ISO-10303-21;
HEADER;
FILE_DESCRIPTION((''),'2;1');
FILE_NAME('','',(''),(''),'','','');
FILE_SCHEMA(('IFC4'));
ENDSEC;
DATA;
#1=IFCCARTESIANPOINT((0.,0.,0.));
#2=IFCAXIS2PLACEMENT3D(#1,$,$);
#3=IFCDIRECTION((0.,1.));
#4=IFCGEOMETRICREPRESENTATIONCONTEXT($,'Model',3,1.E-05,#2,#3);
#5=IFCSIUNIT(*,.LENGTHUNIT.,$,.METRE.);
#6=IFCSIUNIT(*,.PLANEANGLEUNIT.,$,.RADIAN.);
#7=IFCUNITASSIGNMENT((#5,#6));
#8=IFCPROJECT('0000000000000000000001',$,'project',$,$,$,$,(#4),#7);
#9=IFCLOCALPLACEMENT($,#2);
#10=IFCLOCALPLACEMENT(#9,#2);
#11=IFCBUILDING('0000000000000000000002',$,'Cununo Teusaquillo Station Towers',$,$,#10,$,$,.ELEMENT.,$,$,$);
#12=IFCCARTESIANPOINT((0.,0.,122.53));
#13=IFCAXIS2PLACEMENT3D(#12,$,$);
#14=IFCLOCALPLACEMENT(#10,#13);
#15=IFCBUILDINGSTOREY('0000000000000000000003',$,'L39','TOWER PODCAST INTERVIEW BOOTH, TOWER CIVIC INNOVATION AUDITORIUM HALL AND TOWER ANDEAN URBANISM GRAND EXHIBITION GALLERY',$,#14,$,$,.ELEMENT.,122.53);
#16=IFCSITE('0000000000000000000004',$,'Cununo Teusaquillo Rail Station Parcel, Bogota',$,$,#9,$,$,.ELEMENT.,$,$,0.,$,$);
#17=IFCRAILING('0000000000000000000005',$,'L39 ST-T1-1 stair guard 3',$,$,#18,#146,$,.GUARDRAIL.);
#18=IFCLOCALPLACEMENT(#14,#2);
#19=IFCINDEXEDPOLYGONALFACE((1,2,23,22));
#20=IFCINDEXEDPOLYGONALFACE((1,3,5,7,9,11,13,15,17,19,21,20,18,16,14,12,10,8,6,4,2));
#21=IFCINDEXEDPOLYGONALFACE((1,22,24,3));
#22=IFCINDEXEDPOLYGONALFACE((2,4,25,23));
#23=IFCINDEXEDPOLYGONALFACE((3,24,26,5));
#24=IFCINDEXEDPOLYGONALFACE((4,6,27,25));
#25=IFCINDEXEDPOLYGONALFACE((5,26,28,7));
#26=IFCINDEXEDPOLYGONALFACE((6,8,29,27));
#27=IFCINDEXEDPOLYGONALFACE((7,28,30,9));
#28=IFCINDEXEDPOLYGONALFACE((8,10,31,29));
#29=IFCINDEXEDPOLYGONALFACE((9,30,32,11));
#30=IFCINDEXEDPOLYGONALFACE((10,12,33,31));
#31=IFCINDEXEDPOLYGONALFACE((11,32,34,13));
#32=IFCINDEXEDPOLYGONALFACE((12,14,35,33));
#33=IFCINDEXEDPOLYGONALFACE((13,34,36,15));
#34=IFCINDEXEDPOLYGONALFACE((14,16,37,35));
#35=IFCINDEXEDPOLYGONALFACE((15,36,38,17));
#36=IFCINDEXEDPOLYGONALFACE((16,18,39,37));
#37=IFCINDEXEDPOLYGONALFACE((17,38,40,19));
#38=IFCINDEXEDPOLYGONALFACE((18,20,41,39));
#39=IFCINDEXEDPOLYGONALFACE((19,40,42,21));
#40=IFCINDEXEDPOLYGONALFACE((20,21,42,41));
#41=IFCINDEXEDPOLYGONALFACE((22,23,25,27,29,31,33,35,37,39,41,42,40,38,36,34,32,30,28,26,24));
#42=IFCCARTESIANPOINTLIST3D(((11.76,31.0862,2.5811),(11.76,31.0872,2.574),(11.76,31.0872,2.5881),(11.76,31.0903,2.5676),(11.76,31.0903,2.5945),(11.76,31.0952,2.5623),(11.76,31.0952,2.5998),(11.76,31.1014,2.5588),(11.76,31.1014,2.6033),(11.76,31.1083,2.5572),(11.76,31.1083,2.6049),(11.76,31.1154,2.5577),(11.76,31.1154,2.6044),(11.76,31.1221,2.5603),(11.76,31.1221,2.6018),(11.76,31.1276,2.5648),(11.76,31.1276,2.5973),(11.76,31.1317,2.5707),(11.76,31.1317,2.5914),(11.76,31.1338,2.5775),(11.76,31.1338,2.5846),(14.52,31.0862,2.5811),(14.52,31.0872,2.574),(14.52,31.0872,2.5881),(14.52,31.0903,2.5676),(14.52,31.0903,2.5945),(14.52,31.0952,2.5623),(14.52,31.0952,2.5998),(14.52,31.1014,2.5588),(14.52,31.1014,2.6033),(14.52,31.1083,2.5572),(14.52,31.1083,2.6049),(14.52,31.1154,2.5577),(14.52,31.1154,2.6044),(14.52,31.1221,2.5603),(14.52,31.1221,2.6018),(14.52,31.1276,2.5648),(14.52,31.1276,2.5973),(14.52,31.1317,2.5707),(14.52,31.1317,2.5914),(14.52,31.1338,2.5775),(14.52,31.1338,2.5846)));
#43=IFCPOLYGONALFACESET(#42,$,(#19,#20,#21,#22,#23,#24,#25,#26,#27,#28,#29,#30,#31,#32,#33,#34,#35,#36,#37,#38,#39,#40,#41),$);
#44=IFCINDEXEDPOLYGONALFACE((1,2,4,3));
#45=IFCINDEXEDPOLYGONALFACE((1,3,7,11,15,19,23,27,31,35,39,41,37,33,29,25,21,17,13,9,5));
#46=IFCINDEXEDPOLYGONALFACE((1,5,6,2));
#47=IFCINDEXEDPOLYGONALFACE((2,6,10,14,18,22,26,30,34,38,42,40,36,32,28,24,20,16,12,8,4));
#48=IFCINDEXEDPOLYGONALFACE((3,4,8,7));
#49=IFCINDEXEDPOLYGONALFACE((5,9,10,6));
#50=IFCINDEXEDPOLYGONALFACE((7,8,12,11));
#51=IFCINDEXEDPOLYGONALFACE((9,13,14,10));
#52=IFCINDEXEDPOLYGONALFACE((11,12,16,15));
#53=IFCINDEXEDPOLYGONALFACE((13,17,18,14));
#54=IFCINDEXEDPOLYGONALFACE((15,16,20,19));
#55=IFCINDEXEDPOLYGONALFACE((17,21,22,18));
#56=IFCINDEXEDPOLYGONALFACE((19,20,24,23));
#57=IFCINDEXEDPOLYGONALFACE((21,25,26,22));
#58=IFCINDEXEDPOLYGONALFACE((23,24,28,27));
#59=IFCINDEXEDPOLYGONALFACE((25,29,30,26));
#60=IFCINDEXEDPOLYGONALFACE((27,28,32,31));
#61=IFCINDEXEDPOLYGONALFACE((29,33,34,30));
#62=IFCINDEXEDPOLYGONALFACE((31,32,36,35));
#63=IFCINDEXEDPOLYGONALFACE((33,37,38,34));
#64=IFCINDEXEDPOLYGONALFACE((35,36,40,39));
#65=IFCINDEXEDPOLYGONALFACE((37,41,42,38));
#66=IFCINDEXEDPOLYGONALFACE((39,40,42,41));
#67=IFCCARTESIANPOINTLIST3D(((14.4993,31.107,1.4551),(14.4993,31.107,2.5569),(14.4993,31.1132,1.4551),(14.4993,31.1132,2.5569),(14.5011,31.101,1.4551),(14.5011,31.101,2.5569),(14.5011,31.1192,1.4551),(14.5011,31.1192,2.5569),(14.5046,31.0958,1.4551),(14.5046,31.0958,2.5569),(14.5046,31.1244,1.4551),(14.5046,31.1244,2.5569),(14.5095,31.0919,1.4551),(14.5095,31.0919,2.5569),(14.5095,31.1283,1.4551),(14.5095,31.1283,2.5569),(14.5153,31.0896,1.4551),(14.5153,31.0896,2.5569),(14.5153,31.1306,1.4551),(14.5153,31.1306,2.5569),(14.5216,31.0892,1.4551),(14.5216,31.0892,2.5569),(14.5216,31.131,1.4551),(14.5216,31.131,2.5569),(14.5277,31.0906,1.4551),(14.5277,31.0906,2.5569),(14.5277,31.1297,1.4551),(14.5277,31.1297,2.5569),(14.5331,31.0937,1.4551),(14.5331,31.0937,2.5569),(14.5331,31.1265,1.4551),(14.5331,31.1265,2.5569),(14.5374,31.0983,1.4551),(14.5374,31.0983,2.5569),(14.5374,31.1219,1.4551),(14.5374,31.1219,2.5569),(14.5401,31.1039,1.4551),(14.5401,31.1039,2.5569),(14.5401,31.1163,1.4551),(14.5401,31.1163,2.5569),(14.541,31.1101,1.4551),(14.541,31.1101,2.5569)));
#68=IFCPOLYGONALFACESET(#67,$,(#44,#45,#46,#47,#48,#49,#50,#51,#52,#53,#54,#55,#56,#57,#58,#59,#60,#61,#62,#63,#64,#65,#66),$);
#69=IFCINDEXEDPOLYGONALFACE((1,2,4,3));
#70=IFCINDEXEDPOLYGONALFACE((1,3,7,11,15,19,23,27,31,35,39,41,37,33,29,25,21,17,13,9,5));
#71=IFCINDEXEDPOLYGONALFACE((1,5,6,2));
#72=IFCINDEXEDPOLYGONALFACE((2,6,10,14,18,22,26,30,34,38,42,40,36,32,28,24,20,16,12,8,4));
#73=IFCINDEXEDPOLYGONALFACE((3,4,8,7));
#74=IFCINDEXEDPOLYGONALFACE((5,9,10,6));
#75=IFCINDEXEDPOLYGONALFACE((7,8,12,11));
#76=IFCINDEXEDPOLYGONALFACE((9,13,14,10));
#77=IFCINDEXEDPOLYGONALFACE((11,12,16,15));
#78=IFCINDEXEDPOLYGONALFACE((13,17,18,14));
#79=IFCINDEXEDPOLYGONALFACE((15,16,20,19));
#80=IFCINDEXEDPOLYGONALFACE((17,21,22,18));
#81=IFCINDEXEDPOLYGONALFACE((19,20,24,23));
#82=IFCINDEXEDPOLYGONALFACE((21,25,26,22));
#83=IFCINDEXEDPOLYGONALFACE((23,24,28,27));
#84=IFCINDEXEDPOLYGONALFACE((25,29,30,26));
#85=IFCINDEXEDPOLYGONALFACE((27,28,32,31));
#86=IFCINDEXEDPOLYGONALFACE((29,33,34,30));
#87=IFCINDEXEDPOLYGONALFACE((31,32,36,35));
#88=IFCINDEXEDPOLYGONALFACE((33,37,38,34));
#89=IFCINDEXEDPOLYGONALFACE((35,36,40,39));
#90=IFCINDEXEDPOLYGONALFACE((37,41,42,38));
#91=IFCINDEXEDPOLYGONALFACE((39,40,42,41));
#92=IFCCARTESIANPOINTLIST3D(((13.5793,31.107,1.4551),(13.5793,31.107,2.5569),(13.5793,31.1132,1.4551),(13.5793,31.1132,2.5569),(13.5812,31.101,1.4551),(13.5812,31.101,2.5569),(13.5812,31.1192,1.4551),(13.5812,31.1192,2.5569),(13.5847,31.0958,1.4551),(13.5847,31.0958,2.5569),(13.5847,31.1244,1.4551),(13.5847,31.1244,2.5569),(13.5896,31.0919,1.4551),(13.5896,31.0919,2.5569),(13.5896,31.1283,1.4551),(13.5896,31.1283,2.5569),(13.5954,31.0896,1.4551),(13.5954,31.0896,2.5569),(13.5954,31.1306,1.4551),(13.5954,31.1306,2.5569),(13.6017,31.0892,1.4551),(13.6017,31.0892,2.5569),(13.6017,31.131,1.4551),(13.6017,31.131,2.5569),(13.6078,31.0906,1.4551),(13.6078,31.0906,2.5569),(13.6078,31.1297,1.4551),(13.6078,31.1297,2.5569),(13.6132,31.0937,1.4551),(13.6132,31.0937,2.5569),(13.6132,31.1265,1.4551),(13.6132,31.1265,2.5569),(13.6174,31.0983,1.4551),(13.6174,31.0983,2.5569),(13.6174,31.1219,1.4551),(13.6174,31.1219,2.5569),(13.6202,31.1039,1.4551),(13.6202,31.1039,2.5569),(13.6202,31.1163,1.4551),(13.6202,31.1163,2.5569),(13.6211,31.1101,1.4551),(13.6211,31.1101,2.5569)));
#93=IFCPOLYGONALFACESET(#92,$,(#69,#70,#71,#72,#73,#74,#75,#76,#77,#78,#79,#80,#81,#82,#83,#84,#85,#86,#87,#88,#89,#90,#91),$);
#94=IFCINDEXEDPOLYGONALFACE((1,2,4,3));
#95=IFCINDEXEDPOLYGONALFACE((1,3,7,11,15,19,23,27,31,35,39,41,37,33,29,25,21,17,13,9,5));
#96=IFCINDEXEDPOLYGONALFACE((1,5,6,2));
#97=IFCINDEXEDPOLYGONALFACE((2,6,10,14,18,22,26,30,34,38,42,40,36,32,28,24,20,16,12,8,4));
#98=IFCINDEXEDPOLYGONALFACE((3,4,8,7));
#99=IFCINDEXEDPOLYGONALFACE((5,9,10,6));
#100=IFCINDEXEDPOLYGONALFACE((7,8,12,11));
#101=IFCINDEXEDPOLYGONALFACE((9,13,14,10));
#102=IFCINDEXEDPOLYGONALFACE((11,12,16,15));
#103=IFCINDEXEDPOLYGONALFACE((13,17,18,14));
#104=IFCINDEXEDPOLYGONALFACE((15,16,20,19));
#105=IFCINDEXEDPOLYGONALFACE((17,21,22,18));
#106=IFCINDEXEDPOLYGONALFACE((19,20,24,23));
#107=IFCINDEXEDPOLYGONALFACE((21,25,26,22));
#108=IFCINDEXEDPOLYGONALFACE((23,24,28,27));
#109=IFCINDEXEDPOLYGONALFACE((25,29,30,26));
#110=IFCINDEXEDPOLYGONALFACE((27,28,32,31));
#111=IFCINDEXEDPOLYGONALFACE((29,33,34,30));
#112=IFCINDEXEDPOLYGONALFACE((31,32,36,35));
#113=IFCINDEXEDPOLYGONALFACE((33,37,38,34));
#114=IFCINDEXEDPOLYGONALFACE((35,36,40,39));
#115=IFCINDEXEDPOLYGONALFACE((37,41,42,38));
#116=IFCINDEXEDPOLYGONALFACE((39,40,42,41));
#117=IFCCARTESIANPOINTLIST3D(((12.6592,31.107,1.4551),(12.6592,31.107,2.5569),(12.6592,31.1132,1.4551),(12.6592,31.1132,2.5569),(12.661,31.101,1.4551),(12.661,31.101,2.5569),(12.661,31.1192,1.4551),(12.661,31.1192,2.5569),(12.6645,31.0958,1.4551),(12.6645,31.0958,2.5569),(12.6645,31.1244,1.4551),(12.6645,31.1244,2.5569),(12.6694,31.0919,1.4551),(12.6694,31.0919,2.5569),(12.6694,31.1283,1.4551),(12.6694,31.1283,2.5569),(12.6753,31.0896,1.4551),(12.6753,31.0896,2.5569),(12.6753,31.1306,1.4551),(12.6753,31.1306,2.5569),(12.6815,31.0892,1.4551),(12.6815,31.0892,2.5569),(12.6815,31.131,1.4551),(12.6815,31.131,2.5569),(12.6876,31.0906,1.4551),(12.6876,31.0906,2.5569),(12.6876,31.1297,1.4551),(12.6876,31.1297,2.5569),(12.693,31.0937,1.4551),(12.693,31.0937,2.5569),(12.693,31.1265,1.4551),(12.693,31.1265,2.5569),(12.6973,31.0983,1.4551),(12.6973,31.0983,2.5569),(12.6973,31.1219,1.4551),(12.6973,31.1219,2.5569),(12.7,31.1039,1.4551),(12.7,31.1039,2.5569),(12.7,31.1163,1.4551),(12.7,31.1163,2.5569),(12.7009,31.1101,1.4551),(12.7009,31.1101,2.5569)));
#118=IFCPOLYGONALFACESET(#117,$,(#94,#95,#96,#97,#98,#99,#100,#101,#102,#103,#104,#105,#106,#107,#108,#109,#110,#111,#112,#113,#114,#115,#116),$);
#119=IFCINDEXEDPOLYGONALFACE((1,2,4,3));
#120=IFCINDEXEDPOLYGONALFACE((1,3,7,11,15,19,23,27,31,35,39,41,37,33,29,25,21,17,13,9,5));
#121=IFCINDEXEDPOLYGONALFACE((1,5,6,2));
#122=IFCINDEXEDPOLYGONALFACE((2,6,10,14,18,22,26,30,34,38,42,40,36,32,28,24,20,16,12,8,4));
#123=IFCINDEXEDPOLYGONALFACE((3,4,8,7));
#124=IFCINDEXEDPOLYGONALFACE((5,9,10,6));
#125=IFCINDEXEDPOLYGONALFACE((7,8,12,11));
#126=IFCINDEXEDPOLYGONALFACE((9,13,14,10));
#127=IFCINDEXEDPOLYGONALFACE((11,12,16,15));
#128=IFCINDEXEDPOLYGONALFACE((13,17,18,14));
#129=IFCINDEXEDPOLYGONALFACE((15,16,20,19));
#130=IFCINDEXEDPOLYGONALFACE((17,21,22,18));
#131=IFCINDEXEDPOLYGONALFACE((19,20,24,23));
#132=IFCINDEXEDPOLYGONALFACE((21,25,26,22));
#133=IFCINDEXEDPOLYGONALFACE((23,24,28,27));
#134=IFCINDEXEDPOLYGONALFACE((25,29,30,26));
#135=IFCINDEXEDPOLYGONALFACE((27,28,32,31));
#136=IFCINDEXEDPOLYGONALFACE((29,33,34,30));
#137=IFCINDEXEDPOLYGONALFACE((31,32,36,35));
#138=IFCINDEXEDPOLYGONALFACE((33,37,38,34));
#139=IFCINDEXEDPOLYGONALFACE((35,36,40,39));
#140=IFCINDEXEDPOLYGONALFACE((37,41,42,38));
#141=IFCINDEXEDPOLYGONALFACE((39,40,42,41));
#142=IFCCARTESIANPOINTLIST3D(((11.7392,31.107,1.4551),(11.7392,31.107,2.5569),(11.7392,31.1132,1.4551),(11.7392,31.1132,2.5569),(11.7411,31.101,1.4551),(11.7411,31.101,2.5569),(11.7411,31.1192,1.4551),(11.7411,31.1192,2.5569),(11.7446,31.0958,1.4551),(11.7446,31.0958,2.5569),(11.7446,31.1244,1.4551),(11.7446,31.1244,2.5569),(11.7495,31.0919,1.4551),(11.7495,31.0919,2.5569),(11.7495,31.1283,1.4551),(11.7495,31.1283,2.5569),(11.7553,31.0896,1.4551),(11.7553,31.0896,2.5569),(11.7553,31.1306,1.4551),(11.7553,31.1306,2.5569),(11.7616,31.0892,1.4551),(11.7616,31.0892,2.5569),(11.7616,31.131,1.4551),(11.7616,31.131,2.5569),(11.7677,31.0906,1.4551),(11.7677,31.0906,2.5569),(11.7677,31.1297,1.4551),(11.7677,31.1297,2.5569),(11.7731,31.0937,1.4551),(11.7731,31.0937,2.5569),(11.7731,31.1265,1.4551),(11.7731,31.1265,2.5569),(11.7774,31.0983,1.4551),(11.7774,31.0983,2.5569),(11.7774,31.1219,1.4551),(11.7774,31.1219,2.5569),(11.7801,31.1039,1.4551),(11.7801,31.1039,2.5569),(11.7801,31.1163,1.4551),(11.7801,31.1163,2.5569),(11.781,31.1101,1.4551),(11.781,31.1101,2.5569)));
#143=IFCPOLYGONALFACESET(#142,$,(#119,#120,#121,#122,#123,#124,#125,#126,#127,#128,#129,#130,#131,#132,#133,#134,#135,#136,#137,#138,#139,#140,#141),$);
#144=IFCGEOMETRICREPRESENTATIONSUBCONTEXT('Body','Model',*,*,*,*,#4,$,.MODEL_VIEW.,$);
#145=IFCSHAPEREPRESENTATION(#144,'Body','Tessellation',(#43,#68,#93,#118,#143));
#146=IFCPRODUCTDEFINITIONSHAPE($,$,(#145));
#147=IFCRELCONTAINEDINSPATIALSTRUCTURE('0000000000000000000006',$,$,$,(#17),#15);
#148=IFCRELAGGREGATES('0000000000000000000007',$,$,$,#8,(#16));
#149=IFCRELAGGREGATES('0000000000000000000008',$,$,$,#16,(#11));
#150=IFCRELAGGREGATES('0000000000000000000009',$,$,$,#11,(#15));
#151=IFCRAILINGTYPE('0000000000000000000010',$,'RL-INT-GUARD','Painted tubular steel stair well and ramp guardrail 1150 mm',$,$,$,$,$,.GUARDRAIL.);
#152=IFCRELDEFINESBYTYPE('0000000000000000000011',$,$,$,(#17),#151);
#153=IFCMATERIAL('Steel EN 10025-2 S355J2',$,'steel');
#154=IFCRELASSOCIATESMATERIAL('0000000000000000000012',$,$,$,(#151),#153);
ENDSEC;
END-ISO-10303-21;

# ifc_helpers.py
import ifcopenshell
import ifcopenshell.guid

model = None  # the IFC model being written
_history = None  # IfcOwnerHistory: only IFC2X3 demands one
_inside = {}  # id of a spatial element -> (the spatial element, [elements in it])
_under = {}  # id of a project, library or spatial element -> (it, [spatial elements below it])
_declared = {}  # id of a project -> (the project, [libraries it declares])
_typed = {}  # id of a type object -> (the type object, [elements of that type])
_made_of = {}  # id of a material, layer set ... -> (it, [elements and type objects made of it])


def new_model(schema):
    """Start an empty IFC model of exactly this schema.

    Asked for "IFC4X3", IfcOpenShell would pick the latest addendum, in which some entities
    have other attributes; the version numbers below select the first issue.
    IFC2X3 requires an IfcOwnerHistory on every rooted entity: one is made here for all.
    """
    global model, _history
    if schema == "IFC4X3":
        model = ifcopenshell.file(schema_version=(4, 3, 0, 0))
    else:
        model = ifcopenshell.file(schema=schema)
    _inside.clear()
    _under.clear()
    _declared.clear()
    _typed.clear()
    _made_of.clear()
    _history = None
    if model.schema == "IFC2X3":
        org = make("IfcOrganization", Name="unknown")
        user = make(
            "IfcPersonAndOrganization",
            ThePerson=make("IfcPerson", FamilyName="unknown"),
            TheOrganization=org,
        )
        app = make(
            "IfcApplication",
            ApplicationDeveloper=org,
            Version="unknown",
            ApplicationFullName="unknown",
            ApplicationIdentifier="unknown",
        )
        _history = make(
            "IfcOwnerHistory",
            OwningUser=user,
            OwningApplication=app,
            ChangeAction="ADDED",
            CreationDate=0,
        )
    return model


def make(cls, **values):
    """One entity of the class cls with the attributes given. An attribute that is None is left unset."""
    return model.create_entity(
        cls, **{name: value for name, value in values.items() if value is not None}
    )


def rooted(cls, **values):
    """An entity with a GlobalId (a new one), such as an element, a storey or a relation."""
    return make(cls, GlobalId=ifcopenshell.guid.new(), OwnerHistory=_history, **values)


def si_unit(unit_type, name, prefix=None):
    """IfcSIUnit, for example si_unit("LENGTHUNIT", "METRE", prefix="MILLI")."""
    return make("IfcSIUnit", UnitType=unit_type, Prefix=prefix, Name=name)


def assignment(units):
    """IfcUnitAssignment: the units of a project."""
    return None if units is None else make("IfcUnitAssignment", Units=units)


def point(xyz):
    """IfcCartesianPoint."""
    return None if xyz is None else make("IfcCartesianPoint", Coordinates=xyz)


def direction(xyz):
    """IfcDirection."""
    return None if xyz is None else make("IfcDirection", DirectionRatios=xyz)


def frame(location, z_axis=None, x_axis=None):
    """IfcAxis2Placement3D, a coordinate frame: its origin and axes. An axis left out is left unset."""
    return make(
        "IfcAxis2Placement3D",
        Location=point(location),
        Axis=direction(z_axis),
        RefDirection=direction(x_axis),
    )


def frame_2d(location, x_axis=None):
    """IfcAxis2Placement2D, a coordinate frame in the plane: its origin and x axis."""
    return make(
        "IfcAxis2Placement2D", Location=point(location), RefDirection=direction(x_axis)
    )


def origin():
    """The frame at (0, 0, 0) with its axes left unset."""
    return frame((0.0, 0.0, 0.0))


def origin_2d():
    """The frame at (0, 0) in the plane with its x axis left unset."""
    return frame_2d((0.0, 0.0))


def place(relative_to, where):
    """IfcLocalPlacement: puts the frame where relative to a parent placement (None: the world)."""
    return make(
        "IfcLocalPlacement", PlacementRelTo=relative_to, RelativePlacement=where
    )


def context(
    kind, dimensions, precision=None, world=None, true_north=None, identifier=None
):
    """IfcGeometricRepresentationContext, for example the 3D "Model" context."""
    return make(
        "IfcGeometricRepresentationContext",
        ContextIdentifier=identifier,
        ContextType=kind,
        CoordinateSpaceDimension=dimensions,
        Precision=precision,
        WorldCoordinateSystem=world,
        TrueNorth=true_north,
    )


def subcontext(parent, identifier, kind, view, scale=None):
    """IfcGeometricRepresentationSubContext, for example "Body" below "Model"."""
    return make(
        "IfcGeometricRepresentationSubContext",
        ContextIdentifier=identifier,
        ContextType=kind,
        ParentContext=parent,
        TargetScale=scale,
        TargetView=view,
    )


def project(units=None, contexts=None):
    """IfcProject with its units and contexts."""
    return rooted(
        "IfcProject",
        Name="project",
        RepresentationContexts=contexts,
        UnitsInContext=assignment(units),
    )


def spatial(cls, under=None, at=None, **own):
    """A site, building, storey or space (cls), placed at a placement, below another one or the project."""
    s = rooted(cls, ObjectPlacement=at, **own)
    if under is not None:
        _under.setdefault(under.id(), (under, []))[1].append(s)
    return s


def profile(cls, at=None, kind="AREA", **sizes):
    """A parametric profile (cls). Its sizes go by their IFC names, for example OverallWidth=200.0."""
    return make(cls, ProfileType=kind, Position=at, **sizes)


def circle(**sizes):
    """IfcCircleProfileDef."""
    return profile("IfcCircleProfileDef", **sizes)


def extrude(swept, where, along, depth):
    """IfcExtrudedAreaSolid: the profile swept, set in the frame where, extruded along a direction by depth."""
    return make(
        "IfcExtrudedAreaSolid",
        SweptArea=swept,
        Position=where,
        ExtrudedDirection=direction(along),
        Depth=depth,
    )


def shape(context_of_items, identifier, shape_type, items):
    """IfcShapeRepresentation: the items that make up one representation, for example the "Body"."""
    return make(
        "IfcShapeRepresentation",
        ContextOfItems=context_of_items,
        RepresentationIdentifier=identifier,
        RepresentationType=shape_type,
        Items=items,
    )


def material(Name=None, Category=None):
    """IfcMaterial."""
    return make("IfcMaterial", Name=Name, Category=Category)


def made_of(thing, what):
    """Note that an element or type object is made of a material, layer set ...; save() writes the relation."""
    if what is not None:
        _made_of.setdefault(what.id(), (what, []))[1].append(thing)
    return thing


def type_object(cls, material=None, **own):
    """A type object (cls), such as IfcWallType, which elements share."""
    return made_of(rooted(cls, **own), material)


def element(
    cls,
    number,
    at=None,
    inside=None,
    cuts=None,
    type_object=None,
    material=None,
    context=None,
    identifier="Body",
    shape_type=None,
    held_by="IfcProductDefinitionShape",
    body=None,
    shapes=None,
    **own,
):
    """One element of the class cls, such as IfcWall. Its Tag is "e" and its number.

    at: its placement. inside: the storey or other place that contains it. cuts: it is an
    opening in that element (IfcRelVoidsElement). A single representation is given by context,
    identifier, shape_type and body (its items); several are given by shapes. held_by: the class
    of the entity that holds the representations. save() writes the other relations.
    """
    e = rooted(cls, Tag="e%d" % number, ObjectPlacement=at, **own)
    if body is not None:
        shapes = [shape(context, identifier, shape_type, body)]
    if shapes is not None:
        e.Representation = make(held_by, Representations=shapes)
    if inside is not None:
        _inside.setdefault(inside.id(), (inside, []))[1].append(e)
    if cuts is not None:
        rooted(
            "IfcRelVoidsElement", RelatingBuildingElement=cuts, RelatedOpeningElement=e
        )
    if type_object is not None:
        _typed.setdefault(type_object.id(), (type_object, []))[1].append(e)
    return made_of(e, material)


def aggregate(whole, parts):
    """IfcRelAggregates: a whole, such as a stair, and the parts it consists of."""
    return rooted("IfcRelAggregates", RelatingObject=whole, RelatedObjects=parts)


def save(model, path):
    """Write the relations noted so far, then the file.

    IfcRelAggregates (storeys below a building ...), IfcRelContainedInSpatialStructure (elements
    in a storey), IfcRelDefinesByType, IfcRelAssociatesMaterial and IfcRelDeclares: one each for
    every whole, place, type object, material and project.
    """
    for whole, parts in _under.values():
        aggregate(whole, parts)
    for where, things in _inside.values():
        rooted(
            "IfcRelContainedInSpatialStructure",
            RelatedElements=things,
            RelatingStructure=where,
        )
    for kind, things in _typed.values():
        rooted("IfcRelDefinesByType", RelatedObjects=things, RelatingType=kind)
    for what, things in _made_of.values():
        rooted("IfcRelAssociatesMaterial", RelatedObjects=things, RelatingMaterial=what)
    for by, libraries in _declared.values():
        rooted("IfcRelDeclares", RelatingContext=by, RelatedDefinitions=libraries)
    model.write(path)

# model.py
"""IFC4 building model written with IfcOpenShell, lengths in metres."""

from ifc_helpers import new_model, si_unit, direction, frame, origin, origin_2d, place, context, subcontext, project, spatial, circle, extrude, material, type_object, element, save


model = new_model("IFC4")

# Units and contexts
model_context = context("Model", 3, precision=1e-05, world=origin(), true_north=direction((0.0, 1.0)))
body_context = subcontext(model_context, "Body", "Model", "MODEL_VIEW")
ifc_project = project(units=[si_unit("LENGTHUNIT", "METRE"), si_unit("PLANEANGLEUNIT", "RADIAN")], contexts=[model_context])

# Site, building, storey
site_placement = place(None, origin())
site = spatial("IfcSite", under=ifc_project, at=site_placement, Name="Cununo Teusaquillo Rail Station Parcel, Bogota", CompositionType="ELEMENT", RefElevation=0.0)
building_placement = place(site_placement, origin())
building = spatial("IfcBuilding", under=site, at=building_placement, Name="Cununo Teusaquillo Station Towers", CompositionType="ELEMENT")
storey_placement = place(building_placement, frame((0.0, 0.0, 122.53)))
storey = spatial("IfcBuildingStorey", under=building, at=storey_placement, Name="L39", Description="TOWER PODCAST INTERVIEW BOOTH, TOWER CIVIC INNOVATION AUDITORIUM HALL AND TOWER ANDEAN URBANISM GRAND EXHIBITION GALLERY", CompositionType="ELEMENT", Elevation=122.53)

# Railing
ifc_material_1 = material(Name="Steel EN 10025-2 S355J2", Category="steel")
railing_type_1 = type_object("IfcRailingType", Name="RL-INT-GUARD", Description="Painted tubular steel stair well and ramp guardrail 1150 mm", PredefinedType="GUARDRAIL", material=ifc_material_1)
railing_1_placement = place(storey_placement, frame((14.52, 31.1101, 1.4551)))
element("IfcRailing", 1, at=railing_1_placement, inside=storey, type_object=railing_type_1, Name="L39 ST-T1-1 stair guard 3", PredefinedType="GUARDRAIL", context=body_context, shape_type="SweptSolid", body=[
    extrude(circle(Radius=0.0239, at=origin_2d()), frame((0.0, 0.0, 1.126), z_axis=(-1.0, 0.0, 0.0), x_axis=(0.0, -1.0, 0.0)), (0.0, 0.0, 1.0), 2.76),
    extrude(circle(Radius=0.021, at=origin_2d()), origin(), (0.0, 0.0, 1.0), 1.1018),
    extrude(circle(Radius=0.021, at=origin_2d()), frame((-0.9199, 0.0, 0.0)), (0.0, 0.0, 1.0), 1.1018),
    extrude(circle(Radius=0.021, at=origin_2d()), frame((-1.8401, 0.0, 0.0)), (0.0, 0.0, 1.0), 1.1018),
    extrude(circle(Radius=0.021, at=origin_2d()), frame((-2.76, 0.0, 0.0)), (0.0, 0.0, 1.0), 1.1018),
])

save(model, "model.ifc")
